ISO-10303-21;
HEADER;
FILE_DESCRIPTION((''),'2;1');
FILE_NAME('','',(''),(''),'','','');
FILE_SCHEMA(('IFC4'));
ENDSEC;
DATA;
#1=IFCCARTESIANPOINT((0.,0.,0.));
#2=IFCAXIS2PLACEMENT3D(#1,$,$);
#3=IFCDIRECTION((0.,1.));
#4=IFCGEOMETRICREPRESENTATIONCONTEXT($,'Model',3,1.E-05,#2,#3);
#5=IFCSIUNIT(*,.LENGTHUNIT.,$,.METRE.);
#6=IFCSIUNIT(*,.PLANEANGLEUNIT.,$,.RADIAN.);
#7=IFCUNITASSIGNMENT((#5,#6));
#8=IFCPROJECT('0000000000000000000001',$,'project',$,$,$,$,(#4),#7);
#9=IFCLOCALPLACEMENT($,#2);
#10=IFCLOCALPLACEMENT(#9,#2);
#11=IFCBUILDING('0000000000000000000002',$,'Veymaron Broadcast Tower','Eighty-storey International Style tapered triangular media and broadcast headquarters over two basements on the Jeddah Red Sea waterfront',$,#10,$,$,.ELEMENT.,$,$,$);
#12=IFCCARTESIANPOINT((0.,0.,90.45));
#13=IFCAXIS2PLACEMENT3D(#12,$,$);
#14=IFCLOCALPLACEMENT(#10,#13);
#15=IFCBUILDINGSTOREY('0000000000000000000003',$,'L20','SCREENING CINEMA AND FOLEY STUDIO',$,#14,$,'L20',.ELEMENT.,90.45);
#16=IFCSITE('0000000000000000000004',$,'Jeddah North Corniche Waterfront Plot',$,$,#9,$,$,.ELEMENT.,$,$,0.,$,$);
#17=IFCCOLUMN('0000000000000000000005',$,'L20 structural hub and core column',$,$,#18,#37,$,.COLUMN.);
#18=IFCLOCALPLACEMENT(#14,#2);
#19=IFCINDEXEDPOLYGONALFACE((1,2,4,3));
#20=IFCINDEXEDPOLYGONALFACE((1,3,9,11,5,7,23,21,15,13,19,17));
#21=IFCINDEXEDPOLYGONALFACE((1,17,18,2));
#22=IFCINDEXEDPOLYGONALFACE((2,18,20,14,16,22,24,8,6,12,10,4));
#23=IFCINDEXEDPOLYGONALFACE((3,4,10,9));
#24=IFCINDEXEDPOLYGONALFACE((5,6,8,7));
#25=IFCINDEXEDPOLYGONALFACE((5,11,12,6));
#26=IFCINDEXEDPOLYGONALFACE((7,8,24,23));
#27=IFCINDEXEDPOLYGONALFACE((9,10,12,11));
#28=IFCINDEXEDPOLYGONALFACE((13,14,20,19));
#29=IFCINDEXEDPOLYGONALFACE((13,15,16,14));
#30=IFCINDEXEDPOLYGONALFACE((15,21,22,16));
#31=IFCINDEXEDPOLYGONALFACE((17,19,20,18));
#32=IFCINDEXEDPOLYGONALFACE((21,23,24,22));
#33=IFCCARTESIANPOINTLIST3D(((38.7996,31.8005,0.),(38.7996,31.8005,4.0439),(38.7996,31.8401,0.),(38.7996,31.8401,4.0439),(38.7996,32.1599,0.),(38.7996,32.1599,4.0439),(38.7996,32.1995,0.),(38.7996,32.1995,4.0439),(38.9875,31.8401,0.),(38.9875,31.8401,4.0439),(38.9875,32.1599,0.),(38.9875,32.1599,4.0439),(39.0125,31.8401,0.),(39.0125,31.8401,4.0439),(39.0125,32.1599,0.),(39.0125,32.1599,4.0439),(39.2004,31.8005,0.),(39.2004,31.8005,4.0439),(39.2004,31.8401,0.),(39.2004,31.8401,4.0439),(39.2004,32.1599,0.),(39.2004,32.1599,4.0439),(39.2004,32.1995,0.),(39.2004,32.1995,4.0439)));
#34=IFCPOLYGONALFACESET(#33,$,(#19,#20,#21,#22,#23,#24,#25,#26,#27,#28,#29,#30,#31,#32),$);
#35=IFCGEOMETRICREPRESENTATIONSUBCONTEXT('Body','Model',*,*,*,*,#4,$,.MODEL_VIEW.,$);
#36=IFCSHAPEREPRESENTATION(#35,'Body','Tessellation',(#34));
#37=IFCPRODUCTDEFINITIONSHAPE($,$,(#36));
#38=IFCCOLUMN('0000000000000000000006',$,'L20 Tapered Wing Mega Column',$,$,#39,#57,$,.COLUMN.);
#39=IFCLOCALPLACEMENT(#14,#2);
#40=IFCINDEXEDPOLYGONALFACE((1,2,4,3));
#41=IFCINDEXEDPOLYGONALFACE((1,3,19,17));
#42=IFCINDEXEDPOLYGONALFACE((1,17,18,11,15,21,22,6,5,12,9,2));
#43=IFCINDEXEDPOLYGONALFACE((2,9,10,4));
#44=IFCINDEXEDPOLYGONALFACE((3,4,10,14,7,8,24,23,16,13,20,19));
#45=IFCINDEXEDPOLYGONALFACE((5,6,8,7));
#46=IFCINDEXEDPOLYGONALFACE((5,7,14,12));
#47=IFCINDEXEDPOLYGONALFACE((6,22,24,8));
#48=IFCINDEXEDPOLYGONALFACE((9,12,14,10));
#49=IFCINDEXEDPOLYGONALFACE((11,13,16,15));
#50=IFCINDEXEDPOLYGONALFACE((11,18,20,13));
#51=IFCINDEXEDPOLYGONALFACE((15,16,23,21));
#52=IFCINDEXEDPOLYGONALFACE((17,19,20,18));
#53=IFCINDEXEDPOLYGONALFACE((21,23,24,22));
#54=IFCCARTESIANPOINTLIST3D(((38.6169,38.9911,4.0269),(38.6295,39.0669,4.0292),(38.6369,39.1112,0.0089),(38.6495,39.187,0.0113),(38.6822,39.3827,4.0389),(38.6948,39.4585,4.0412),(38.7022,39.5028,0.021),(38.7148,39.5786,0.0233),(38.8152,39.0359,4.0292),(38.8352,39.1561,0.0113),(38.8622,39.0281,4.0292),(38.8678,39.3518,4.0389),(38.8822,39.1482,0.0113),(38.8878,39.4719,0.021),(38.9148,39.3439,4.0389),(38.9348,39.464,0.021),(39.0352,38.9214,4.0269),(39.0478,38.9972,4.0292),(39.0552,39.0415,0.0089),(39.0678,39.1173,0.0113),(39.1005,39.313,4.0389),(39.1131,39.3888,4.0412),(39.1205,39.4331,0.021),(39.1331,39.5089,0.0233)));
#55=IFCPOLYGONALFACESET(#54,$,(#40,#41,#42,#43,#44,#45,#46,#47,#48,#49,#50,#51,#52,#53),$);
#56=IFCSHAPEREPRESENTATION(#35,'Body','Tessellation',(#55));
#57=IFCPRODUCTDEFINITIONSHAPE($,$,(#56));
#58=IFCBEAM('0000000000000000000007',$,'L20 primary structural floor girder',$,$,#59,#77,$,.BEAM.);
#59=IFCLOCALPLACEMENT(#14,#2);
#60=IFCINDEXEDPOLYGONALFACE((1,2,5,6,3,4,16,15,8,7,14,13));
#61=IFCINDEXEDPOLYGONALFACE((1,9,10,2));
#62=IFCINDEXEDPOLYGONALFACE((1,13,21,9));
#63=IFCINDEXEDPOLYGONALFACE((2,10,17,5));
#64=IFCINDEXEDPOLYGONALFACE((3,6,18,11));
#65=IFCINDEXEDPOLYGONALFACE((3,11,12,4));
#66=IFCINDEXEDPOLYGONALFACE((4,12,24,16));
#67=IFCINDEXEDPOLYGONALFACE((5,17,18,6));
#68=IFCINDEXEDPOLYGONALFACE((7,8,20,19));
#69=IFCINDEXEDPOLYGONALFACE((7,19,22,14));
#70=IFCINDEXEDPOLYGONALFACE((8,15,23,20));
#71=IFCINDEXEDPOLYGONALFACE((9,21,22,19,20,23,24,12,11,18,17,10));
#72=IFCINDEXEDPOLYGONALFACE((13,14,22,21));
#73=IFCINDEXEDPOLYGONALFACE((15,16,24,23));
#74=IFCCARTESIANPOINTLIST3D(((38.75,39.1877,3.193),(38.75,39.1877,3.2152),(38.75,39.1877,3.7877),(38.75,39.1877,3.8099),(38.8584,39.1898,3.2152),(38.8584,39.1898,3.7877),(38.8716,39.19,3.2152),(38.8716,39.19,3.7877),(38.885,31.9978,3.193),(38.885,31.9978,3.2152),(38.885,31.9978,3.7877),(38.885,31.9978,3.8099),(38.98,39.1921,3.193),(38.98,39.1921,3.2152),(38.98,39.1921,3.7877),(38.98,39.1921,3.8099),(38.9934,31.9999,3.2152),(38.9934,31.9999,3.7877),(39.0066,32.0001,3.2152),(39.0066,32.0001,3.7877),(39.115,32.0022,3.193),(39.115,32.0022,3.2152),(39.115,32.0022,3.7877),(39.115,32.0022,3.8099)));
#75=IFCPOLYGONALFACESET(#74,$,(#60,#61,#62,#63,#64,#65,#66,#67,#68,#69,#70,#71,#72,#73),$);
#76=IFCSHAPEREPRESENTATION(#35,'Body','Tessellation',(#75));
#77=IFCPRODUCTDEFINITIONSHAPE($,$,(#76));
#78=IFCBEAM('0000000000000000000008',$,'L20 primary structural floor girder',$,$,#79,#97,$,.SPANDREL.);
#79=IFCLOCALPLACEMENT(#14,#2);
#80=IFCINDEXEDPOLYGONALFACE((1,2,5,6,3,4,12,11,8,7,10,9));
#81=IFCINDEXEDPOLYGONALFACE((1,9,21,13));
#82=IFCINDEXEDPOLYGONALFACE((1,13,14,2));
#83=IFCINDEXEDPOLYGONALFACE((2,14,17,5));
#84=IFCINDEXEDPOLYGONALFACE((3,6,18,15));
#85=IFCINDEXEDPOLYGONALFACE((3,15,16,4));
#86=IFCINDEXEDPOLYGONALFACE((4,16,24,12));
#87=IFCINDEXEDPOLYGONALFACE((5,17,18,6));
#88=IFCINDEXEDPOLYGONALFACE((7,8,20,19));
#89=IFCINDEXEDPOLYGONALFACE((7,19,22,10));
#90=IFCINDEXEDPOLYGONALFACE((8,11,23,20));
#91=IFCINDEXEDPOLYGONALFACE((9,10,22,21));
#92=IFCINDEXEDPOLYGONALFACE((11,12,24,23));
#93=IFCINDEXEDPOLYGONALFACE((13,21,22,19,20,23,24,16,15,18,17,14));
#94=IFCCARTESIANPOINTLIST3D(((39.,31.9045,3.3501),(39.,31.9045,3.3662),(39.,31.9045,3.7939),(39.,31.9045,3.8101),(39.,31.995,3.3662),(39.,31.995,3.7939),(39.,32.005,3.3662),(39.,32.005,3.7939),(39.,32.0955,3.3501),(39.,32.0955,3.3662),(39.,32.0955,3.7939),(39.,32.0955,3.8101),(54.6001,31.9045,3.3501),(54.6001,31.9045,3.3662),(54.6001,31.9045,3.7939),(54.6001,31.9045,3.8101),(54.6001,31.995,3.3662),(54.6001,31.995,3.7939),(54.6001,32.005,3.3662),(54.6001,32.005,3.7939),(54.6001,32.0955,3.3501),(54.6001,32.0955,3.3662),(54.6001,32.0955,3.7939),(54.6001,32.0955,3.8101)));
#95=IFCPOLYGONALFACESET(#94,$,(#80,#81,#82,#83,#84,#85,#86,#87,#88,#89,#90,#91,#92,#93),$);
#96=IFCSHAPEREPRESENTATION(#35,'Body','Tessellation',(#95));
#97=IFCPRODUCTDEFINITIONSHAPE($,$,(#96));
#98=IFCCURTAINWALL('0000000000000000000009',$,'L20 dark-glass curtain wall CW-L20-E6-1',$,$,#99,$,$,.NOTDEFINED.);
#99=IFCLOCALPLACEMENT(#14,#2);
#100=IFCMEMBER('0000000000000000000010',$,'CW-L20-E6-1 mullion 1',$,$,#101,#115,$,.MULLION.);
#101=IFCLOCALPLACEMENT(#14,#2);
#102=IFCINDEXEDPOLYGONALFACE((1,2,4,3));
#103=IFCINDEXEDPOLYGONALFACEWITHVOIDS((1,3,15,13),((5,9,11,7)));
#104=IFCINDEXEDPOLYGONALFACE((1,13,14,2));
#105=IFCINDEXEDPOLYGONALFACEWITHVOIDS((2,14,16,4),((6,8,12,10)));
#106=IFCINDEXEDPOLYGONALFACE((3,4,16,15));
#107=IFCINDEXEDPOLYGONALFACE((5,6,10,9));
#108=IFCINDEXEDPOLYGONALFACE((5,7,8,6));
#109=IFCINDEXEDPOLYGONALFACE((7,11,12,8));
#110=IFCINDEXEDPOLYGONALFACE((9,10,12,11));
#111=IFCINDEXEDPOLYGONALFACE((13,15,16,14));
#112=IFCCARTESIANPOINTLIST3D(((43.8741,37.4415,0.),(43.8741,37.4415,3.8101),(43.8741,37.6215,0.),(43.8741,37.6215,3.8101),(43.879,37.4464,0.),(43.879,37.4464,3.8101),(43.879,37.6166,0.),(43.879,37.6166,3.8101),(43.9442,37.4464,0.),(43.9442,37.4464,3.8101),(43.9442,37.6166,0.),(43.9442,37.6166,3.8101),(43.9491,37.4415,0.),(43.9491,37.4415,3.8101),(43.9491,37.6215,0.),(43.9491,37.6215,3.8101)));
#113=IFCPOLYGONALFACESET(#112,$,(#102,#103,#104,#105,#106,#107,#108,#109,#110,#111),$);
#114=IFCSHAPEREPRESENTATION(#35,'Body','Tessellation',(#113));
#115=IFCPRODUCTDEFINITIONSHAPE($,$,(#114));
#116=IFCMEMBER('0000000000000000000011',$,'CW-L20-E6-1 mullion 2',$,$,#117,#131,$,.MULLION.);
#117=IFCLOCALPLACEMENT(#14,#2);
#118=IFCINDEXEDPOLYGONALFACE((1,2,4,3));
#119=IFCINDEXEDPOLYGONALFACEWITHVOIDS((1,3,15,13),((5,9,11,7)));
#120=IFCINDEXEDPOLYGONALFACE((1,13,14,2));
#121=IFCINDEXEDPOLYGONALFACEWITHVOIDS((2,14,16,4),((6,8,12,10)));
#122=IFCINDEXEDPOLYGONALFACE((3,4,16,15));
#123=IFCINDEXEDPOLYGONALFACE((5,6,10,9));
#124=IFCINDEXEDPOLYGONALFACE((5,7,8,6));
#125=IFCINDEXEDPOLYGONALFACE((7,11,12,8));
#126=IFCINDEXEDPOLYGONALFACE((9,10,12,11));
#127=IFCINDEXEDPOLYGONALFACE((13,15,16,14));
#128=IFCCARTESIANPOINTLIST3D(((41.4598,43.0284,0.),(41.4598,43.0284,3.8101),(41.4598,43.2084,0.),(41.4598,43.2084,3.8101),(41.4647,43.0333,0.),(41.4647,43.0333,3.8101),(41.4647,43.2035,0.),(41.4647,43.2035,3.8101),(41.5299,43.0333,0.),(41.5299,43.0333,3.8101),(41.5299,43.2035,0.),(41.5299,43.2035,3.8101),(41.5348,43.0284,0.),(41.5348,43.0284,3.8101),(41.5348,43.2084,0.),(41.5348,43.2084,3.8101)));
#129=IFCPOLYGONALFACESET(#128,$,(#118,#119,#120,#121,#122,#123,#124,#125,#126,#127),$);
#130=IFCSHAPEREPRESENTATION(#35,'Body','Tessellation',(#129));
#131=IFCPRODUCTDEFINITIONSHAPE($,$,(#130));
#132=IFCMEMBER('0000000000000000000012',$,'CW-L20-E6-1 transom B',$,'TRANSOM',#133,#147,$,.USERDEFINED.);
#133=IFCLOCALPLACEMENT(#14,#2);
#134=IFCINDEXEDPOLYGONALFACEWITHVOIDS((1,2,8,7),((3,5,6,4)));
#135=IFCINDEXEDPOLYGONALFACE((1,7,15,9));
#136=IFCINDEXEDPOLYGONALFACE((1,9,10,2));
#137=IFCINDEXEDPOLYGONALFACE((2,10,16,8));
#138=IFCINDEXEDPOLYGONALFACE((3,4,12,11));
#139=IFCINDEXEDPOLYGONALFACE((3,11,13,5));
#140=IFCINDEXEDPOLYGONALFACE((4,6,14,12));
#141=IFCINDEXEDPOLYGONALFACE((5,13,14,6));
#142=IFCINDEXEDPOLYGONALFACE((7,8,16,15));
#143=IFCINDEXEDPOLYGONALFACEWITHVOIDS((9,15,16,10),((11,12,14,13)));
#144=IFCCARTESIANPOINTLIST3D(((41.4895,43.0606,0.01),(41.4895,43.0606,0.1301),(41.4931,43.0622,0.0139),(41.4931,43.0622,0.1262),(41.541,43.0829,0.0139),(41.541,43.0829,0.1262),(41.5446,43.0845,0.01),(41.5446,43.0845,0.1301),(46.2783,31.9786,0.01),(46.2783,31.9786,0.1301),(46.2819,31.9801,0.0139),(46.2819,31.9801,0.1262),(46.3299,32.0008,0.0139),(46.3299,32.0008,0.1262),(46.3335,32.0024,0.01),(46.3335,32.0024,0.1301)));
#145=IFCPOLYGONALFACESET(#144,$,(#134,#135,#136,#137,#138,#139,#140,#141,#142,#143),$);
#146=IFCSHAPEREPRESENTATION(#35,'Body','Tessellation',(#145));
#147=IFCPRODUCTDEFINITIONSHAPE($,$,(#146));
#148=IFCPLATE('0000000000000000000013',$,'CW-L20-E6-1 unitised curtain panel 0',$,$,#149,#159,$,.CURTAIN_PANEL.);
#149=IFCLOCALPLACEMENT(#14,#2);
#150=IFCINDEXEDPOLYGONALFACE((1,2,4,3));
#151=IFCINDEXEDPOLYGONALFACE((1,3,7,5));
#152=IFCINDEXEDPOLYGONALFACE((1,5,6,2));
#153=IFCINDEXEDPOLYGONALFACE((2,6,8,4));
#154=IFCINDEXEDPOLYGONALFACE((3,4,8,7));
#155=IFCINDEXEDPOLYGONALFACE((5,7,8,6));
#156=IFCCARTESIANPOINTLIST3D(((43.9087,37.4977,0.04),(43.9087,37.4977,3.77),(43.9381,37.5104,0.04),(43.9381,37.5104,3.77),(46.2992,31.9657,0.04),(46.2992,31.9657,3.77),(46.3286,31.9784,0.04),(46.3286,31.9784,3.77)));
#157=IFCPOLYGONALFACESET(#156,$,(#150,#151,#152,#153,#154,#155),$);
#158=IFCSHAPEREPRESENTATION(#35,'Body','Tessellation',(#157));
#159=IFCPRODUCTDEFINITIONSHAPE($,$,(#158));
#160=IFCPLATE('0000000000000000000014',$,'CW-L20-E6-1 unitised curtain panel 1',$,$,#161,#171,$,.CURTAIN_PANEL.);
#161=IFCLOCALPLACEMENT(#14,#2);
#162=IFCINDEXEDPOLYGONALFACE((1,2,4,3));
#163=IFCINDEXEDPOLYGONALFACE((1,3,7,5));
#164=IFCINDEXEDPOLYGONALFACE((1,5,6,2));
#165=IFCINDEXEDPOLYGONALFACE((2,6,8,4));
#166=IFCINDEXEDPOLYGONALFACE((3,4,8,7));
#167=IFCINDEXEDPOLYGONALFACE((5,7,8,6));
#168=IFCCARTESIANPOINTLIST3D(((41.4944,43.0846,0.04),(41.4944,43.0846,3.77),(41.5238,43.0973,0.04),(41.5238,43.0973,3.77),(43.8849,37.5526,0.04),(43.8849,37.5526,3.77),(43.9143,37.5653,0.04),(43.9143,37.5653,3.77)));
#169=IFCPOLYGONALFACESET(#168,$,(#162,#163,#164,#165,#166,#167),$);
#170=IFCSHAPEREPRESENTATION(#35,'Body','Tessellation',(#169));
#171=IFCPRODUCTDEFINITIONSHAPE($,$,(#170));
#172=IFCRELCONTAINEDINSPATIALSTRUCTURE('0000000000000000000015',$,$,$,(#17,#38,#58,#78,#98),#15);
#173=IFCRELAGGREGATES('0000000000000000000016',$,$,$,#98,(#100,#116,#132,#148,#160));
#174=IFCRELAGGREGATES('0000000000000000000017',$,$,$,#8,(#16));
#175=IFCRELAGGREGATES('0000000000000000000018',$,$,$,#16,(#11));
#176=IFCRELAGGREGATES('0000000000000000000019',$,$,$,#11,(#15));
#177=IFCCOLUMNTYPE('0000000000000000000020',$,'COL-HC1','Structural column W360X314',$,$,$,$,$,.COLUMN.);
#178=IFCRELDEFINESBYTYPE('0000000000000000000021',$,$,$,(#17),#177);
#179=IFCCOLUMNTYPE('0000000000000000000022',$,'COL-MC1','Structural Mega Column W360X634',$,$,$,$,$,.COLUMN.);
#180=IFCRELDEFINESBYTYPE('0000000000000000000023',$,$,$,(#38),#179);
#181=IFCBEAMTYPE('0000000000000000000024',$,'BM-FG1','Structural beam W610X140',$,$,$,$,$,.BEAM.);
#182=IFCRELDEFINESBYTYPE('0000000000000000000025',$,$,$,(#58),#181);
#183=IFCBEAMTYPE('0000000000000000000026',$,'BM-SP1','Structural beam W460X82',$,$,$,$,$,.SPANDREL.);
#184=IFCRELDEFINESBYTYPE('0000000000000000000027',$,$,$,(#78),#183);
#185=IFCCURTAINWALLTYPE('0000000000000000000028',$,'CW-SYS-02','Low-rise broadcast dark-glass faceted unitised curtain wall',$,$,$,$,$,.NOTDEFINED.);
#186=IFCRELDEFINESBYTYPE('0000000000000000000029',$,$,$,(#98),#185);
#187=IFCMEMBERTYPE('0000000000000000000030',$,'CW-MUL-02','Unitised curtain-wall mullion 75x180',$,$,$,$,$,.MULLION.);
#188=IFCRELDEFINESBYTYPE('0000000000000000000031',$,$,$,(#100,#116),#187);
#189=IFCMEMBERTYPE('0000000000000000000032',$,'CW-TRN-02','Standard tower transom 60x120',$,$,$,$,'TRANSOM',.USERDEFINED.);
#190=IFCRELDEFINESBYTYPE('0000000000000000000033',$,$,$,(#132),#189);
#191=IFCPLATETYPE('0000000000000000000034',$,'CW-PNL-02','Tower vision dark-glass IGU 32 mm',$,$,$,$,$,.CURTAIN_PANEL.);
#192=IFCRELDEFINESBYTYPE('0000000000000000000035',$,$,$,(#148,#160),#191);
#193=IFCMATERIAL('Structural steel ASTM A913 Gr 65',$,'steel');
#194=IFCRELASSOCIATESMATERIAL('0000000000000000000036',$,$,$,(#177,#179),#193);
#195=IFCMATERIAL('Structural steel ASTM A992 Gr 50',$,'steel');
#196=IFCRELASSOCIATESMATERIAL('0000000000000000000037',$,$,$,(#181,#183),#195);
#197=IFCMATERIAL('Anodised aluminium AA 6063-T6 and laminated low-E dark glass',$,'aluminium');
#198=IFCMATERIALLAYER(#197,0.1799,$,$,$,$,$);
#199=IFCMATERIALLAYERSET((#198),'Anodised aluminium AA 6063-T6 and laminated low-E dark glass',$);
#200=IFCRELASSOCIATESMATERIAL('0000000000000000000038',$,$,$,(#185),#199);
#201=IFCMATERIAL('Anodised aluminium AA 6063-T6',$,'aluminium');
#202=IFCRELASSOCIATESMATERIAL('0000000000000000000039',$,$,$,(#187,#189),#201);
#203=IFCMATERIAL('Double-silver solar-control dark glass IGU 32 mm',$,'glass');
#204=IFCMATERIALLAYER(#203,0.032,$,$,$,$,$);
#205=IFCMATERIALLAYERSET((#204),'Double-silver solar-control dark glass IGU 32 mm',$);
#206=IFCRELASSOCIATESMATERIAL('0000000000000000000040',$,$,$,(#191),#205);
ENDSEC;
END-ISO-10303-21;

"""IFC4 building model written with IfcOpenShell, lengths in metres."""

from ifc_helpers import new_model, si_unit, direction, frame, origin, origin_2d, place, context, subcontext, project, spatial, rectangle, hollow_rectangle, i_section, extrude, material, layer, layer_set, material_profile, profile_set, type_object, element, aggregate, save


model = new_model("IFC4")

# Units and contexts
model_context = context("Model", 3, precision=1e-05, world=origin(), true_north=direction((0.0, 1.0)))
body_context = subcontext(model_context, "Body", "Model", "MODEL_VIEW")
ifc_project = project(units=[si_unit("LENGTHUNIT", "METRE"), si_unit("PLANEANGLEUNIT", "RADIAN")], contexts=[model_context])

# Site, building, storey
site_placement = place(None, origin())
site = spatial("IfcSite", under=ifc_project, at=site_placement, Name="Jeddah North Corniche Waterfront Plot", CompositionType="ELEMENT", RefElevation=0.0)
building_placement = place(site_placement, origin())
building = spatial("IfcBuilding", under=site, at=building_placement, Name="Veymaron Broadcast Tower", Description="Eighty-storey International Style tapered triangular media and broadcast headquarters over two basements on the Jeddah Red Sea waterfront", CompositionType="ELEMENT")
storey_placement = place(building_placement, frame((0.0, 0.0, 90.45)))
storey = spatial("IfcBuildingStorey", under=building, at=storey_placement, Name="L20", Description="SCREENING CINEMA AND FOLEY STUDIO", LongName="L20", CompositionType="ELEMENT", Elevation=90.45)

# Columns
ifc_material_1 = material(Name="Structural steel ASTM A913 Gr 65", Category="steel")
ifc_material_profile_1 = material_profile(ifc_material_1, i_section(OverallWidth=0.4009, OverallDepth=0.3989, WebThickness=0.0249, FlangeThickness=0.0396, at=origin_2d()), Name="W360X314")
ifc_profile_set_1 = profile_set([ifc_material_profile_1], Name="Structural steel ASTM A913 Gr 65")
column_type_1 = type_object("IfcColumnType", Name="COL-HC1", Description="Structural column W360X314", PredefinedType="COLUMN", material=ifc_profile_set_1)
column_1_placement = place(storey_placement, frame((39.0, 32.0, 0.0), z_axis=(0.0, 0.0, 1.0), x_axis=(1.0, 0.0, 0.0)))
element("IfcColumn", 1, at=column_1_placement, inside=storey, type_object=column_type_1, Name="L20 structural hub and core column", PredefinedType="COLUMN", context=body_context, shape_type="SweptSolid", body=[
    extrude(i_section(OverallWidth=0.4009, OverallDepth=0.3989, WebThickness=0.0249, FlangeThickness=0.0396, at=origin_2d()), origin(), (0.0, 0.0, 1.0), 4.0439),
])
ifc_material_profile_2 = material_profile(ifc_material_1, i_section(OverallWidth=0.4241, OverallDepth=0.4741, WebThickness=0.0476, FlangeThickness=0.0769, at=origin_2d()), Name="W360X634")
ifc_profile_set_2 = profile_set([ifc_material_profile_2], Name="Structural steel ASTM A913 Gr 65")
column_type_2 = type_object("IfcColumnType", Name="COL-MC1", Description="Structural Mega Column W360X634", PredefinedType="COLUMN", material=ifc_profile_set_2)
column_2_placement = place(storey_placement, frame((38.885, 39.3101, 0.0161), z_axis=(-0.00498, -0.029882, 0.999541), x_axis=(0.986394, -0.164399, 0.0)))
element("IfcColumn", 2, at=column_2_placement, inside=storey, type_object=column_type_2, Name="L20 Tapered Wing Mega Column", PredefinedType="COLUMN", context=body_context, shape_type="SweptSolid", body=[
    extrude(i_section(OverallWidth=0.4241, OverallDepth=0.4741, WebThickness=0.0476, FlangeThickness=0.0769, at=origin_2d()), origin(), (0.0, 0.0, 1.0), 4.0198),
])

# Beams
ifc_material_2 = material(Name="Structural steel ASTM A992 Gr 50", Category="steel")
ifc_material_profile_3 = material_profile(ifc_material_2, i_section(OverallWidth=0.23, OverallDepth=0.6169, WebThickness=0.0132, FlangeThickness=0.0222, at=origin_2d()), Name="W610X140")
ifc_profile_set_3 = profile_set([ifc_material_profile_3], Name="Structural steel ASTM A992 Gr 50")
beam_type_1 = type_object("IfcBeamType", Name="BM-FG1", Description="Structural beam W610X140", PredefinedType="BEAM", material=ifc_profile_set_3)
beam_1_placement = place(storey_placement, frame((39.0, 32.0, 3.5015), z_axis=(-0.018774, 0.999824, 0.0), x_axis=(-0.999824, -0.018774, 0.0)))
element("IfcBeam", 3, at=beam_1_placement, inside=storey, type_object=beam_type_1, Name="L20 primary structural floor girder", PredefinedType="BEAM", context=body_context, shape_type="SweptSolid", body=[
    extrude(i_section(OverallWidth=0.23, OverallDepth=0.6169, WebThickness=0.0132, FlangeThickness=0.0222, at=origin_2d()), origin(), (0.0, 0.0, 1.0), 7.1912),
])
ifc_material_profile_4 = material_profile(ifc_material_2, i_section(OverallWidth=0.1909, OverallDepth=0.46, WebThickness=0.01, FlangeThickness=0.0161, at=origin_2d()), Name="W460X82")
ifc_profile_set_4 = profile_set([ifc_material_profile_4], Name="Structural steel ASTM A992 Gr 50")
beam_type_2 = type_object("IfcBeamType", Name="BM-SP1", Description="Structural beam W460X82", PredefinedType="SPANDREL", material=ifc_profile_set_4)
beam_2_placement = place(storey_placement, frame((39.0, 32.0, 3.5801), z_axis=(1.0, 0.0, 0.0), x_axis=(0.0, 1.0, 0.0)))
element("IfcBeam", 4, at=beam_2_placement, inside=storey, type_object=beam_type_2, Name="L20 primary structural floor girder", PredefinedType="SPANDREL", context=body_context, shape_type="SweptSolid", body=[
    extrude(i_section(OverallWidth=0.1909, OverallDepth=0.46, WebThickness=0.01, FlangeThickness=0.0161, at=origin_2d()), origin(), (0.0, 0.0, 1.0), 15.6001),
])

# Curtain wall, members, plates
ifc_material_3 = material(Name="Anodised aluminium AA 6063-T6 and laminated low-E dark glass", Category="aluminium")
ifc_layer_1 = layer(ifc_material_3, 0.1799)
ifc_layer_set_1 = layer_set([ifc_layer_1], Name="Anodised aluminium AA 6063-T6 and laminated low-E dark glass")
curtain_wall_type = type_object("IfcCurtainWallType", Name="CW-SYS-02", Description="Low-rise broadcast dark-glass faceted unitised curtain wall", PredefinedType="NOTDEFINED", material=ifc_layer_set_1)
curtain_wall_placement = place(storey_placement, origin())
curtain_wall = element("IfcCurtainWall", 5, at=curtain_wall_placement, inside=storey, type_object=curtain_wall_type, Name="L20 dark-glass curtain wall CW-L20-E6-1", PredefinedType="NOTDEFINED")
ifc_material_4 = material(Name="Anodised aluminium AA 6063-T6", Category="aluminium")
ifc_material_profile_5 = material_profile(ifc_material_4, hollow_rectangle(XDim=0.075, YDim=0.1799, WallThickness=0.0049, at=origin_2d()), Name="AL180X75X5")
ifc_profile_set_5 = profile_set([ifc_material_profile_5], Name="Anodised aluminium AA 6063-T6")
member_type_1 = type_object("IfcMemberType", Name="CW-MUL-02", Description="Unitised curtain-wall mullion 75x180", PredefinedType="MULLION", material=ifc_profile_set_5)
member_1_placement = place(storey_placement, frame((43.9116, 37.5315, 0.0), z_axis=(0.0, 0.0, 1.0), x_axis=(1.0, 0.0, 0.0)))
member_1 = element("IfcMember", 6, at=member_1_placement, type_object=member_type_1, Name="CW-L20-E6-1 mullion 1", PredefinedType="MULLION", context=body_context, shape_type="SweptSolid", body=[
    extrude(hollow_rectangle(XDim=0.075, YDim=0.1799, WallThickness=0.0049, at=origin_2d()), origin(), (0.0, 0.0, 1.0), 3.8101),
])
member_2_placement = place(storey_placement, frame((41.4973, 43.1184, 0.0), z_axis=(0.0, 0.0, 1.0), x_axis=(1.0, 0.0, 0.0)))
member_2 = element("IfcMember", 7, at=member_2_placement, type_object=member_type_1, Name="CW-L20-E6-1 mullion 2", PredefinedType="MULLION", context=body_context, shape_type="SweptSolid", body=[
    extrude(hollow_rectangle(XDim=0.075, YDim=0.1799, WallThickness=0.0049, at=origin_2d()), origin(), (0.0, 0.0, 1.0), 3.8101),
])
ifc_material_profile_6 = material_profile(ifc_material_4, hollow_rectangle(XDim=0.0601, YDim=0.1201, WallThickness=0.0039, at=origin_2d()), Name="AL120X60X4")
ifc_profile_set_6 = profile_set([ifc_material_profile_6], Name="Anodised aluminium AA 6063-T6")
member_type_2 = type_object("IfcMemberType", Name="CW-TRN-02", Description="Standard tower transom 60x120", ElementType="TRANSOM", PredefinedType="USERDEFINED", material=ifc_profile_set_6)
member_3_placement = place(storey_placement, frame((46.3059, 31.9905, 0.0701), z_axis=(-0.396673, 0.91796, 0.0), x_axis=(-0.91796, -0.396673, 0.0)))
member_3 = element("IfcMember", 8, at=member_3_placement, type_object=member_type_2, Name="CW-L20-E6-1 transom B", ObjectType="TRANSOM", PredefinedType="USERDEFINED", context=body_context, shape_type="SweptSolid", body=[
    extrude(hollow_rectangle(XDim=0.0601, YDim=0.1201, WallThickness=0.0039, at=origin_2d()), origin(), (0.0, 0.0, 1.0), 12.0725),
])
ifc_material_5 = material(Name="Double-silver solar-control dark glass IGU 32 mm", Category="glass")
ifc_layer_2 = layer(ifc_material_5, 0.032)
ifc_layer_set_2 = layer_set([ifc_layer_2], Name="Double-silver solar-control dark glass IGU 32 mm")
plate_type = type_object("IfcPlateType", Name="CW-PNL-02", Description="Tower vision dark-glass IGU 32 mm", PredefinedType="CURTAIN_PANEL", material=ifc_layer_set_2)
plate_1_placement = place(storey_placement, frame((45.1187, 34.738, 0.04), z_axis=(0.0, 0.0, 1.0), x_axis=(-0.396667, 0.917962, 0.0)))
plate_1 = element("IfcPlate", 9, at=plate_1_placement, type_object=plate_type, Name="CW-L20-E6-1 unitised curtain panel 0", PredefinedType="CURTAIN_PANEL", context=body_context, shape_type="SweptSolid", body=[
    extrude(rectangle(XDim=6.0264, YDim=0.032, at=origin_2d()), origin(), (0.0, 0.0, 1.0), 3.73),
])
plate_2_placement = place(storey_placement, frame((42.7043, 40.325, 0.04), z_axis=(0.0, 0.0, 1.0), x_axis=(-0.396667, 0.917962, 0.0)))
plate_2 = element("IfcPlate", 10, at=plate_2_placement, type_object=plate_type, Name="CW-L20-E6-1 unitised curtain panel 1", PredefinedType="CURTAIN_PANEL", context=body_context, shape_type="SweptSolid", body=[
    extrude(rectangle(XDim=6.0264, YDim=0.032, at=origin_2d()), origin(), (0.0, 0.0, 1.0), 3.73),
])
aggregate(curtain_wall, [member_1, member_2, member_3, plate_1, plate_2])

save(model, "model.ifc")
